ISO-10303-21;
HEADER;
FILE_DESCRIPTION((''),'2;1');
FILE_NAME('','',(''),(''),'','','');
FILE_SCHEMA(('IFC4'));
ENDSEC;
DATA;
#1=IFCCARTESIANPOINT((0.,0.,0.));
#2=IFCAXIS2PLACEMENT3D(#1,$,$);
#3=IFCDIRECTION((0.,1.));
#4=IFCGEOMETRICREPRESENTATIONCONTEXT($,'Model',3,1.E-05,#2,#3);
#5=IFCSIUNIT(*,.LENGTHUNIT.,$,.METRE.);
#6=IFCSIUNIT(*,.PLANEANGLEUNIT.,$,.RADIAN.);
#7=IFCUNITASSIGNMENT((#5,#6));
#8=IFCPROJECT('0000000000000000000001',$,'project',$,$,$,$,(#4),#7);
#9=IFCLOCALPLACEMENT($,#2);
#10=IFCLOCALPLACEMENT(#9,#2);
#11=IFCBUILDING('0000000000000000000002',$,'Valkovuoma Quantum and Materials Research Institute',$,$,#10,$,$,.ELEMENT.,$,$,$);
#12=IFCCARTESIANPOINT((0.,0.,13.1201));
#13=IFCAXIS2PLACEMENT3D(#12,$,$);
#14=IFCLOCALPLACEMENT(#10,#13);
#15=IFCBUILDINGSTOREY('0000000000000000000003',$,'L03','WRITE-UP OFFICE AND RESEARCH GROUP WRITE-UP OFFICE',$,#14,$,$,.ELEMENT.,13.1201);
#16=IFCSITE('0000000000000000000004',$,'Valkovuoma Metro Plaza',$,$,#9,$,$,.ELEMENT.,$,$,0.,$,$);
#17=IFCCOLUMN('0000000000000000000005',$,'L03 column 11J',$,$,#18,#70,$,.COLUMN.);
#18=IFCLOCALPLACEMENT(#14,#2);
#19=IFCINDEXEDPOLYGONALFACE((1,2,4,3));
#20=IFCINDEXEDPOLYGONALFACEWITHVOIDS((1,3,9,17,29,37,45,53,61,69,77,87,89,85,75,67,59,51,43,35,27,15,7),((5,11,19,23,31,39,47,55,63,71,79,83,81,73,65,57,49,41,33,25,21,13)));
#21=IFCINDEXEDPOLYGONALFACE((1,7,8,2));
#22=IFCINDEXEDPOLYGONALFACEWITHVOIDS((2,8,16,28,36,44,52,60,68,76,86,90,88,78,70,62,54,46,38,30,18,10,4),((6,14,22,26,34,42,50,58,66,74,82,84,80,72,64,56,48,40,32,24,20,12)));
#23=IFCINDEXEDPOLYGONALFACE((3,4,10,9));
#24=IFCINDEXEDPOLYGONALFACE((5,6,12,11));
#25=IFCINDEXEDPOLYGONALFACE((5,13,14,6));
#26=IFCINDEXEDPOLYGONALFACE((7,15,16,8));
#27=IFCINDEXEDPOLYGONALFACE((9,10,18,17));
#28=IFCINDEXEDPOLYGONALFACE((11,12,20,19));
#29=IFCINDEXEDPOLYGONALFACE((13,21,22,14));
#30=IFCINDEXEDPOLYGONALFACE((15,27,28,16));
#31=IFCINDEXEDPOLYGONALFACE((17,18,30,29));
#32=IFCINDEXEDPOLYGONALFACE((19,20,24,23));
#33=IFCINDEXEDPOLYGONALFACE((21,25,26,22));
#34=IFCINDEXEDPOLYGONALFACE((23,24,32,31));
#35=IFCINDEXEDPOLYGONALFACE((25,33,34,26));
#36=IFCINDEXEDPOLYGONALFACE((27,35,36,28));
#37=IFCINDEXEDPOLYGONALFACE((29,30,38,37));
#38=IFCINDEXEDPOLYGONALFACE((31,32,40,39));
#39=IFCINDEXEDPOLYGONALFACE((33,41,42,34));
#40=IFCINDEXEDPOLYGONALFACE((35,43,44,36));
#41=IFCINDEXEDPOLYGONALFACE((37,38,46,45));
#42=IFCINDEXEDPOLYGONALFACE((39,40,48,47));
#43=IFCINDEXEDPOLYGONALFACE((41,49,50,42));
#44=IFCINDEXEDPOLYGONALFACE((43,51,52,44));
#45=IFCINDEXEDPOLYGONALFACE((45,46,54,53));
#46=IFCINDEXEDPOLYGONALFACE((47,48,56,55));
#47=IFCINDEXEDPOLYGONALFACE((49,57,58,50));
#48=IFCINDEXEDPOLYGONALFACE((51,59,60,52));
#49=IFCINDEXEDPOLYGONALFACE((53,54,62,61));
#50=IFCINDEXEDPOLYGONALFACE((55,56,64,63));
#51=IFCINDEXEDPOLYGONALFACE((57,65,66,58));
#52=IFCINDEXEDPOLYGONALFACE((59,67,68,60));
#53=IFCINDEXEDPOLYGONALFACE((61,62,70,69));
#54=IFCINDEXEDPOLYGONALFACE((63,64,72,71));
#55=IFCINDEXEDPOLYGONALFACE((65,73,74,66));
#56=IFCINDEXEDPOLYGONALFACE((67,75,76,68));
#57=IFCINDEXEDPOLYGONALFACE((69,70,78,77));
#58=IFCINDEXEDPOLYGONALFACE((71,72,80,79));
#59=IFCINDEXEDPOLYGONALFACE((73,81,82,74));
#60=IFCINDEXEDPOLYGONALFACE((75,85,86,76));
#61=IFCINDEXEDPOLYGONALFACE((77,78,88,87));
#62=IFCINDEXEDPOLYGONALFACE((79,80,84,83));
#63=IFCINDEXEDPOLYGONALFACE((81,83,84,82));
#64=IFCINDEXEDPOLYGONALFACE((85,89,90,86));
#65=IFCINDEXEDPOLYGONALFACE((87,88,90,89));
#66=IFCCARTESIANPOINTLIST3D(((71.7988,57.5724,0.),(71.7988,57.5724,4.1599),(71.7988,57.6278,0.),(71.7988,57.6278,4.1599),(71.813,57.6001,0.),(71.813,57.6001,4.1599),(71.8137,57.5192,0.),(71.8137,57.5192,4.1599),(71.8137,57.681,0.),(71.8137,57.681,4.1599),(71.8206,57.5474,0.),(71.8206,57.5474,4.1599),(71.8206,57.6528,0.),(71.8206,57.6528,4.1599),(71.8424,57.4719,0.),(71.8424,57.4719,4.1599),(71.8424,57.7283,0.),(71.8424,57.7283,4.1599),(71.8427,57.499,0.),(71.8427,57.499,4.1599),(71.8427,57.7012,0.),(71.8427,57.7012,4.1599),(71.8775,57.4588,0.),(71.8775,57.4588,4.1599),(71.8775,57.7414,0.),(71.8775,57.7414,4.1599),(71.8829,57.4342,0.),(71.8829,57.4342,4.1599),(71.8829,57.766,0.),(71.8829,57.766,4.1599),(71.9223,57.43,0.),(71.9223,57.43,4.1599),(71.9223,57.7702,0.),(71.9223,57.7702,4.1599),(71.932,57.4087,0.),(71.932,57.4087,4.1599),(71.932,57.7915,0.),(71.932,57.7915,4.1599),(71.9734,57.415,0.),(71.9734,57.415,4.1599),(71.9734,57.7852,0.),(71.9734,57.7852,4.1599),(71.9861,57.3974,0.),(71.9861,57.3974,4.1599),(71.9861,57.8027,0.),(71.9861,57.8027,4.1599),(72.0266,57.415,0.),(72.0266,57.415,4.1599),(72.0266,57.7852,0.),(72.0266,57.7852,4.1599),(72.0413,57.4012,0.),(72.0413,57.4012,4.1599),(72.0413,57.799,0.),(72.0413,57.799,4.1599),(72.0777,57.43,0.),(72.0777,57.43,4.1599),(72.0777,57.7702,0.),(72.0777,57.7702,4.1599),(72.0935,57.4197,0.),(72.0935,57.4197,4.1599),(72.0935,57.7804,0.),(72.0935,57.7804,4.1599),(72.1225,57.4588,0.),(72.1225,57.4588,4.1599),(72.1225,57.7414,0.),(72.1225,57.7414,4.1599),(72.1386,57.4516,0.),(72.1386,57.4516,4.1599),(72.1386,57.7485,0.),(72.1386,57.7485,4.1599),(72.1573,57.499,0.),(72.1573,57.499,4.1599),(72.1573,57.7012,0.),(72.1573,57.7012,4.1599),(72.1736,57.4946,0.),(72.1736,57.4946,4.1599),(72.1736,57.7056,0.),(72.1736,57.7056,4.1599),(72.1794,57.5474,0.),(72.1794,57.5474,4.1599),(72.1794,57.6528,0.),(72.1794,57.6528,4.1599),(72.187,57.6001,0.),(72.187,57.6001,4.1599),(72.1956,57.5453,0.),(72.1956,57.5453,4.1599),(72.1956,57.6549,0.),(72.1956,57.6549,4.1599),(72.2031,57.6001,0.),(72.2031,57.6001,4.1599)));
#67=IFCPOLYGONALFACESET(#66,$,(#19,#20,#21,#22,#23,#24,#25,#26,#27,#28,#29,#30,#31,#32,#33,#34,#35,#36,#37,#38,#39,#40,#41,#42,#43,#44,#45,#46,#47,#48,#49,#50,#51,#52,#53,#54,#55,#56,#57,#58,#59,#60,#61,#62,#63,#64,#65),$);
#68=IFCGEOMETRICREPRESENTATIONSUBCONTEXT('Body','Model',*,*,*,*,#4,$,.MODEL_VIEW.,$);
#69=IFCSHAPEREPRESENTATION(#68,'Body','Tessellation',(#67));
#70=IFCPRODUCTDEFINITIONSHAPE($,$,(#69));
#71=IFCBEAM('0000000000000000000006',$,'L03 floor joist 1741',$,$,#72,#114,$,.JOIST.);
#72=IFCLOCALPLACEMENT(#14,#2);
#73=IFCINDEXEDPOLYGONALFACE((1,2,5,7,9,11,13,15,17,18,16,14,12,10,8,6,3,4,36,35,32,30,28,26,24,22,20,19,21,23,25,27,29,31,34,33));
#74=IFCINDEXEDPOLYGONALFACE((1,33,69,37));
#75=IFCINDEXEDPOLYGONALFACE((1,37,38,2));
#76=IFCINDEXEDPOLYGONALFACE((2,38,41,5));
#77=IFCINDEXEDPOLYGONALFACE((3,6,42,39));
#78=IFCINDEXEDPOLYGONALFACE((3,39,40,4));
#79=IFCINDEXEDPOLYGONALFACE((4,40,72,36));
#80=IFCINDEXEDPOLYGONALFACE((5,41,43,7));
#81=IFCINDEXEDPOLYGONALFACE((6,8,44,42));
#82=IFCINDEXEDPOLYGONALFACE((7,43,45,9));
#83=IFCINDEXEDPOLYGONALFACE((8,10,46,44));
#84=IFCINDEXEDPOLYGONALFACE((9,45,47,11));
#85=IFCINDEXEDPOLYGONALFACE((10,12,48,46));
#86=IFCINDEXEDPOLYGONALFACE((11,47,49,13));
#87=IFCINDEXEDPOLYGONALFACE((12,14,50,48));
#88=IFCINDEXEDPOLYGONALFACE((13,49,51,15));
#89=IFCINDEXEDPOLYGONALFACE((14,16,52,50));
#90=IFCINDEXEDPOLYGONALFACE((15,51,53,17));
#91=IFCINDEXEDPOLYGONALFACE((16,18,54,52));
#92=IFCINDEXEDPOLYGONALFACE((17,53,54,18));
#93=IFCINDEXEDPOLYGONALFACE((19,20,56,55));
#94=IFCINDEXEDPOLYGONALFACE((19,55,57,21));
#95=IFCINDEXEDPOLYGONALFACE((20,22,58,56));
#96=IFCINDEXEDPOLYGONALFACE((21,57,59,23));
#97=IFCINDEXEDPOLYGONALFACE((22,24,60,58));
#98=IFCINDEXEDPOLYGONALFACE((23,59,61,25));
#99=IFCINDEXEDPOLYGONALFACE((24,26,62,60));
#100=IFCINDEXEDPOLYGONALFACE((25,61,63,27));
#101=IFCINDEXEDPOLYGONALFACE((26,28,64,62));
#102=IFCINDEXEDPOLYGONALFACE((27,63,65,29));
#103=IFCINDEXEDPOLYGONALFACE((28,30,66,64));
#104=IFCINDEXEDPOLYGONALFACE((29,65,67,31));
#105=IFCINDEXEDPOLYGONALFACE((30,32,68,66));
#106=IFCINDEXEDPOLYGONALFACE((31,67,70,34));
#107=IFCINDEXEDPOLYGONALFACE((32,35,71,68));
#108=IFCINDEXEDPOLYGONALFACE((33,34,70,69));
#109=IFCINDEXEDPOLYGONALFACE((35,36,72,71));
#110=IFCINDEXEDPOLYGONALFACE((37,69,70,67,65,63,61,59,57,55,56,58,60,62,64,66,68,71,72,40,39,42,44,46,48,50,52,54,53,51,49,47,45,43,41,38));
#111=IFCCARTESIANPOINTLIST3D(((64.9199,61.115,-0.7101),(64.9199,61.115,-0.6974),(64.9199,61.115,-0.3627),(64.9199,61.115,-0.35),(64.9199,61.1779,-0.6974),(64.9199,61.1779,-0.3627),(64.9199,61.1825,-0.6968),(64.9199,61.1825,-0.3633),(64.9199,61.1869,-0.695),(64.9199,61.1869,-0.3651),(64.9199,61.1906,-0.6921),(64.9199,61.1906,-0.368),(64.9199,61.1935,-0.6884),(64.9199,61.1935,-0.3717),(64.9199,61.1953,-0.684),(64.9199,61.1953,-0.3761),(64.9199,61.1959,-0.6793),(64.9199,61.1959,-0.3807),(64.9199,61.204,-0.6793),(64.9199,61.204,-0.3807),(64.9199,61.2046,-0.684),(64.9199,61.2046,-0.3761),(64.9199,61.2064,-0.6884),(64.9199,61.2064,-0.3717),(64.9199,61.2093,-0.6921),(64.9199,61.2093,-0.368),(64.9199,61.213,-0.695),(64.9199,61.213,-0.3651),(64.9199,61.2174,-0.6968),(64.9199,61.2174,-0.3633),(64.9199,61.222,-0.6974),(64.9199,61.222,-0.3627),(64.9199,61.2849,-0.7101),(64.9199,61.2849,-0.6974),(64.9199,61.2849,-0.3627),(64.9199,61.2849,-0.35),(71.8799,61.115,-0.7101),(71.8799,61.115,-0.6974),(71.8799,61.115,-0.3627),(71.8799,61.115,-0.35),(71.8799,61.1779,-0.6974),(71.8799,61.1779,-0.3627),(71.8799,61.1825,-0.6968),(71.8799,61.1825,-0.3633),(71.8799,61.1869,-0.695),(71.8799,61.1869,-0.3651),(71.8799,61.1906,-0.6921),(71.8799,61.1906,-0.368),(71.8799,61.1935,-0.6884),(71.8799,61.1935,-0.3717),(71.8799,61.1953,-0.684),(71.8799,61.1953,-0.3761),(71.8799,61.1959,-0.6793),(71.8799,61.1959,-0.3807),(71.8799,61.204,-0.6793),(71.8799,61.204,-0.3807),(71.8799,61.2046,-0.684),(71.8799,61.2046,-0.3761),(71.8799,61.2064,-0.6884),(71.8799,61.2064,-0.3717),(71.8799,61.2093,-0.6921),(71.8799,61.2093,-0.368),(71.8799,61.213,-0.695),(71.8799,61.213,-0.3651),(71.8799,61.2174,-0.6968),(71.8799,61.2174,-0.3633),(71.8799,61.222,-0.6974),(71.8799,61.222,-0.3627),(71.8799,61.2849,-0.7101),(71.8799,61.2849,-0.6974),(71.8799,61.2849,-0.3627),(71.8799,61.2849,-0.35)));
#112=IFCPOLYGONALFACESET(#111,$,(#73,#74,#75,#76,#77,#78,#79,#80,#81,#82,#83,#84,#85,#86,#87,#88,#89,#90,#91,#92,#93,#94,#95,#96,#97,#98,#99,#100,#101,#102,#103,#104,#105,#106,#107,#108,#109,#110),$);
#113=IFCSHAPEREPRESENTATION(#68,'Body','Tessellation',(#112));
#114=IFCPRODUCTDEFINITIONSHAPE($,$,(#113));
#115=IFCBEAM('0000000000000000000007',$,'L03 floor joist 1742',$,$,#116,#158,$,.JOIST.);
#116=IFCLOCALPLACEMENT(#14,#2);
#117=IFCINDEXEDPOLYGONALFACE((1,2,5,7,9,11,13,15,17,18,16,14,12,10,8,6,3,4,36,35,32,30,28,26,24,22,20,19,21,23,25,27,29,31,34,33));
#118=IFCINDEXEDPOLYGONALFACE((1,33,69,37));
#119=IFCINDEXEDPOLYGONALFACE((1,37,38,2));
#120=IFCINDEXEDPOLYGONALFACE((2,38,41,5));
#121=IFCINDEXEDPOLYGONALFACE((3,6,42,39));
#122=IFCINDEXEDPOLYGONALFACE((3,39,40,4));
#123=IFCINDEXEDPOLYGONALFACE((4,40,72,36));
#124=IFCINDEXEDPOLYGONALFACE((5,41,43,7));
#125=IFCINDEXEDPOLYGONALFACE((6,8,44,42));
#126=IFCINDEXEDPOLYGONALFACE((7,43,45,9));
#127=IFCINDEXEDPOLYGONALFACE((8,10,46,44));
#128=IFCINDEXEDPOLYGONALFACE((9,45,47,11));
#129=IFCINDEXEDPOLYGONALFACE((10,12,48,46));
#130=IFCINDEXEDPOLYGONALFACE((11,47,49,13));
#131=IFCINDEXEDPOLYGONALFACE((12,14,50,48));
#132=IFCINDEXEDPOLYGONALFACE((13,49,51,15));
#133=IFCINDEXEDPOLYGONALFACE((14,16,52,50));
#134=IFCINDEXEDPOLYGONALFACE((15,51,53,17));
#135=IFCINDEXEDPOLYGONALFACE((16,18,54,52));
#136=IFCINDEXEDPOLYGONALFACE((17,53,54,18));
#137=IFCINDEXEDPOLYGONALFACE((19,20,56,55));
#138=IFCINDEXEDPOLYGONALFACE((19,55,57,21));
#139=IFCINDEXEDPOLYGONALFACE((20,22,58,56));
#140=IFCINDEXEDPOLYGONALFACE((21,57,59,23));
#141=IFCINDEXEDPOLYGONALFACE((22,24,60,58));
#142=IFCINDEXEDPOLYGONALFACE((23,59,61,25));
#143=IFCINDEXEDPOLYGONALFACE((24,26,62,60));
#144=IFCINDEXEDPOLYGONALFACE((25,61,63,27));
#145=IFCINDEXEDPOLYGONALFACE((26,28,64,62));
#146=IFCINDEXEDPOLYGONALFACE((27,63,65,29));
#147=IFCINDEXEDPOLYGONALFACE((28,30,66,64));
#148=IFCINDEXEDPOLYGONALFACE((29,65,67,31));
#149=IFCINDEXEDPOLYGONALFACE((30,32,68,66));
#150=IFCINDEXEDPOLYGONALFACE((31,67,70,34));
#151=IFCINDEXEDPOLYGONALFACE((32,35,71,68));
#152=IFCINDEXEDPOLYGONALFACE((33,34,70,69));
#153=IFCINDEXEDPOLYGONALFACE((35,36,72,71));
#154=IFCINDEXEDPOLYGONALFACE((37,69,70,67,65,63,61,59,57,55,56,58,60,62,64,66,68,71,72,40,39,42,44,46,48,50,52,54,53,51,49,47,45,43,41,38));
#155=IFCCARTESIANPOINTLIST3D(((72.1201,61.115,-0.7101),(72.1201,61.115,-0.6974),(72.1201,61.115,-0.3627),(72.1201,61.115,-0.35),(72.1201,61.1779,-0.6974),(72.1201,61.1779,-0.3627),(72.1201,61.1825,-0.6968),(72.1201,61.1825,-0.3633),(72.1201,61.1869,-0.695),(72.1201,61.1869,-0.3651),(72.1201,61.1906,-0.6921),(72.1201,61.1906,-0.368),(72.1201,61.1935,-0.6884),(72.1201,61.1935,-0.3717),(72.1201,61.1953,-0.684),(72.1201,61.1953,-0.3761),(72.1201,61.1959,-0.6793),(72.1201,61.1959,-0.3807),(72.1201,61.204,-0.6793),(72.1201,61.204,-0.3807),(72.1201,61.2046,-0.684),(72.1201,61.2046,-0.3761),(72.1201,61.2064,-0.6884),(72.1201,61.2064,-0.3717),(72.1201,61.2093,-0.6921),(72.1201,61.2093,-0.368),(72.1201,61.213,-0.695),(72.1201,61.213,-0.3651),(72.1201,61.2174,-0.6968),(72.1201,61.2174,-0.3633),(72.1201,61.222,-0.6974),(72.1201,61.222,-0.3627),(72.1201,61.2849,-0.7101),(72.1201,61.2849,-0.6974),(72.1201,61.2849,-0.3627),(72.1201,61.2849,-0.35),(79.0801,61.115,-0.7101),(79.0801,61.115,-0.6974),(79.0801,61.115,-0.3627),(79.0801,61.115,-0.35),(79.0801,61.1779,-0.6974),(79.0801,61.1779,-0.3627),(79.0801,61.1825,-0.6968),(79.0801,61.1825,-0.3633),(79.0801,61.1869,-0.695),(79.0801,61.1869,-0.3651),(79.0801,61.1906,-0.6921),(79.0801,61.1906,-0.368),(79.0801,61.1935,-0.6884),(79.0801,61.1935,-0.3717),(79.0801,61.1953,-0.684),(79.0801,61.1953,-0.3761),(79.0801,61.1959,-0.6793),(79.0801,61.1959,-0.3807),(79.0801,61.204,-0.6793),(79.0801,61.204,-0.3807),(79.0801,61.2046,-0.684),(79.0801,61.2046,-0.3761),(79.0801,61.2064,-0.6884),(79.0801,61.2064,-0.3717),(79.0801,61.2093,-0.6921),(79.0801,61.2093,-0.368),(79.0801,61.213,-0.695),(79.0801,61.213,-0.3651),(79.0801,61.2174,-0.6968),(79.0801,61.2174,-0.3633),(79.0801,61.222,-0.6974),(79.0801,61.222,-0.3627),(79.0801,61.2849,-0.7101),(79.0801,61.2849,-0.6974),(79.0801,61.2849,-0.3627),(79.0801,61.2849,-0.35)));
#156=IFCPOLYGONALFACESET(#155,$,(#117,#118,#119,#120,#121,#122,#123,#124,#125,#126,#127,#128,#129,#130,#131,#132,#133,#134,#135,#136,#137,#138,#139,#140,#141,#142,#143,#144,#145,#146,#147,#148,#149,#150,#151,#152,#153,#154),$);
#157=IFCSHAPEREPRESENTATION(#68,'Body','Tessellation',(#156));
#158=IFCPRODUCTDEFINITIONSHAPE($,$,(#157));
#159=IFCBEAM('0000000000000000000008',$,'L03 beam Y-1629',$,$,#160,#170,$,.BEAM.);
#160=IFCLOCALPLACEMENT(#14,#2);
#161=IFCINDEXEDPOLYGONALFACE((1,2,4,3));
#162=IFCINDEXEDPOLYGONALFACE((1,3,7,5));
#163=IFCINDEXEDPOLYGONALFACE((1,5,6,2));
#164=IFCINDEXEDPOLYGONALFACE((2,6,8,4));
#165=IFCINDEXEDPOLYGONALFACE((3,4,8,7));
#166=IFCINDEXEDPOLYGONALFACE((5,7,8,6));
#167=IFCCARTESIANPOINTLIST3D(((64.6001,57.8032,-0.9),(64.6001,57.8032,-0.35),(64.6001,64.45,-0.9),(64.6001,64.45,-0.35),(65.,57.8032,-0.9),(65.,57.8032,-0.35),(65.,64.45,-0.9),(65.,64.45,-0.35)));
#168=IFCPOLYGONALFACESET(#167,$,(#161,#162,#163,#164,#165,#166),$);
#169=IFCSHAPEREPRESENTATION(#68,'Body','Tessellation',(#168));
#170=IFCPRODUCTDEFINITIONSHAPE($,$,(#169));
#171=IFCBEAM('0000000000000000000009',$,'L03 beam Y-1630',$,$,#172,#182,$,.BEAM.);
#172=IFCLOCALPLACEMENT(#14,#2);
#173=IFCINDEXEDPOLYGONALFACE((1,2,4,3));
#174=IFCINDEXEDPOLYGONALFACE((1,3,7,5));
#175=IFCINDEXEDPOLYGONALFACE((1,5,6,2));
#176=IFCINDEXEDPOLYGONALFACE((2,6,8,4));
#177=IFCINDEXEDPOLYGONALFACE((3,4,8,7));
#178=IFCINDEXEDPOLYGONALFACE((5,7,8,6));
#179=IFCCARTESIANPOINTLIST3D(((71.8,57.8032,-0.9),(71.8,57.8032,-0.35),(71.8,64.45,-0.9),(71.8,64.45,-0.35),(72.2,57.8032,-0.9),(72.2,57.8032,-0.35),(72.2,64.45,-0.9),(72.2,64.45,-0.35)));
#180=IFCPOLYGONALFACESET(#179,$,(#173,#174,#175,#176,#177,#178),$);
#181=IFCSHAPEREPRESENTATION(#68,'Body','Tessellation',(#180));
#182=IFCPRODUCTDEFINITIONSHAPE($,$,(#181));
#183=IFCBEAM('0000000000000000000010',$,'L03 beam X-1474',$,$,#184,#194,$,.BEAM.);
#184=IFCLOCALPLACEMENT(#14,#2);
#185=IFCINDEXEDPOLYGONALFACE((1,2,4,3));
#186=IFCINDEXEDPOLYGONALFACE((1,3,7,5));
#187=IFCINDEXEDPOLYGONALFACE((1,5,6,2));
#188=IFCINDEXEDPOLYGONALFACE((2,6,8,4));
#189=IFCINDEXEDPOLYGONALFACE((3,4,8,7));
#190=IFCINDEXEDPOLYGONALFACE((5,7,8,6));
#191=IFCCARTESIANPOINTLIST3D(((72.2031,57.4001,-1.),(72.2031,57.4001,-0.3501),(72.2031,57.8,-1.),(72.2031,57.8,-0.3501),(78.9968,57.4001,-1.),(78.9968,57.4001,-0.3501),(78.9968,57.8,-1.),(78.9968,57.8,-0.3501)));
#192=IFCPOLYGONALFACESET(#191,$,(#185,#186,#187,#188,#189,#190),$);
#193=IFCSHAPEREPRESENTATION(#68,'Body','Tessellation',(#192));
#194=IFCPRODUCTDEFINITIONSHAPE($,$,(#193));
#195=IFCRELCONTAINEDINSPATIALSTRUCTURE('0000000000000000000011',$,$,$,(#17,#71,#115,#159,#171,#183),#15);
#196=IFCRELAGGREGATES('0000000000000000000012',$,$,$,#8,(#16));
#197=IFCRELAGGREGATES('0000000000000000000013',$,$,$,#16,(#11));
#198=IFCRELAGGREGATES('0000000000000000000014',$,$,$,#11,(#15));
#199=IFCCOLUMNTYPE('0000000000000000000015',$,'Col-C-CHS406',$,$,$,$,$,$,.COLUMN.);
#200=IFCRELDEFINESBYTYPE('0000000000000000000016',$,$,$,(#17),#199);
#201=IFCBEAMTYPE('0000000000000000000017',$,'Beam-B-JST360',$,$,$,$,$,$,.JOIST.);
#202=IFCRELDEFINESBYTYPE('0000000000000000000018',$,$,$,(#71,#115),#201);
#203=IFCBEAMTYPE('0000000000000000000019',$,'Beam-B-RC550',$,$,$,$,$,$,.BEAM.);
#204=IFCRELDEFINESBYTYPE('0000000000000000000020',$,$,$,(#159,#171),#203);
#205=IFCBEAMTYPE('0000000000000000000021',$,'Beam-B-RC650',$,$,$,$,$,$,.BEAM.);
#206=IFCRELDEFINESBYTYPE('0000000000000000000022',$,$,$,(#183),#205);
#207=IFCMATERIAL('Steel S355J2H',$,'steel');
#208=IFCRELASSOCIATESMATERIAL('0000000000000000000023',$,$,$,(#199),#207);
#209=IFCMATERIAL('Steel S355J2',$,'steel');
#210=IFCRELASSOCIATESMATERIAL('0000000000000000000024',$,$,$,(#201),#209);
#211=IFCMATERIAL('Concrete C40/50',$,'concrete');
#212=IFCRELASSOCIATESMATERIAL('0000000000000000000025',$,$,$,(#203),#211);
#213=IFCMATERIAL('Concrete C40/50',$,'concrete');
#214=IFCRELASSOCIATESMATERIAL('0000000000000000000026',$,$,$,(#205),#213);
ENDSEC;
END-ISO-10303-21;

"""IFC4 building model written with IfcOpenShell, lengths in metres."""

from ifc_helpers import new_model, si_unit, direction, frame, origin, origin_2d, place, context, subcontext, project, spatial, rectangle, hollow_circle, i_section, extrude, material, material_profile, profile_set, type_object, element, save


model = new_model("IFC4")

# Units and contexts
model_context = context("Model", 3, precision=1e-05, world=origin(), true_north=direction((0.0, 1.0)))
body_context = subcontext(model_context, "Body", "Model", "MODEL_VIEW")
ifc_project = project(units=[si_unit("LENGTHUNIT", "METRE"), si_unit("PLANEANGLEUNIT", "RADIAN")], contexts=[model_context])

# Site, building, storey
site_placement = place(None, origin())
site = spatial("IfcSite", under=ifc_project, at=site_placement, Name="Valkovuoma Metro Plaza", CompositionType="ELEMENT", RefElevation=0.0)
building_placement = place(site_placement, origin())
building = spatial("IfcBuilding", under=site, at=building_placement, Name="Valkovuoma Quantum and Materials Research Institute", CompositionType="ELEMENT")
storey_placement = place(building_placement, frame((0.0, 0.0, 13.1201)))
storey = spatial("IfcBuildingStorey", under=building, at=storey_placement, Name="L03", Description="WRITE-UP OFFICE AND RESEARCH GROUP WRITE-UP OFFICE", CompositionType="ELEMENT", Elevation=13.1201)

# Column
ifc_material_1 = material(Name="Steel S355J2H", Category="steel")
ifc_material_profile_1 = material_profile(ifc_material_1, hollow_circle(Radius=0.2031, WallThickness=0.0161, at=origin_2d()), Name="Steel S355J2H")
ifc_profile_set_1 = profile_set([ifc_material_profile_1], Name="Steel S355J2H")
column_type = type_object("IfcColumnType", Name="Col-C-CHS406", PredefinedType="COLUMN", material=ifc_profile_set_1)
column_placement = place(storey_placement, frame((72.0, 57.6001, 0.0), z_axis=(0.0, 0.0, 1.0), x_axis=(1.0, 0.0, 0.0)))
element("IfcColumn", 1, at=column_placement, inside=storey, type_object=column_type, Name="L03 column 11J", PredefinedType="COLUMN", context=body_context, shape_type="SweptSolid", body=[
    extrude(hollow_circle(Radius=0.2031, WallThickness=0.0161, at=origin_2d()), origin(), (0.0, 0.0, 1.0), 4.1599),
])

# Beams
ifc_material_2 = material(Name="Steel S355J2", Category="steel")
ifc_material_profile_2 = material_profile(ifc_material_2, i_section(OverallWidth=0.1699, OverallDepth=0.3601, WebThickness=0.0081, FlangeThickness=0.0127, FilletRadius=0.0181, at=origin_2d()), Name="Steel S355J2")
ifc_profile_set_2 = profile_set([ifc_material_profile_2], Name="Steel S355J2")
beam_type_1 = type_object("IfcBeamType", Name="Beam-B-JST360", PredefinedType="JOIST", material=ifc_profile_set_2)
for number, where, z_axis, x_axis, name in (
    (2, (64.9199, 61.2, -0.53), (1.0, 0.0, 0.0), (0.0, 1.0, 0.0), "L03 floor joist 1741"),
    (3, (72.1201, 61.2, -0.53), (1.0, 0.0, 0.0), (0.0, 1.0, 0.0), "L03 floor joist 1742"),
):
    element("IfcBeam", number, at=place(storey_placement, frame(where, z_axis=z_axis, x_axis=x_axis)), inside=storey, type_object=beam_type_1, Name=name, PredefinedType="JOIST", context=body_context, shape_type="SweptSolid", body=[
        extrude(i_section(OverallWidth=0.1699, OverallDepth=0.3601, WebThickness=0.0081, FlangeThickness=0.0127, FilletRadius=0.0181, at=origin_2d()), origin(), (0.0, 0.0, 1.0), 6.96),
    ])
ifc_material_3 = material(Name="Concrete C40/50", Category="concrete")
ifc_material_profile_3 = material_profile(ifc_material_3, rectangle(XDim=0.3999, YDim=0.55, at=origin_2d()), Name="Concrete C40/50")
ifc_profile_set_3 = profile_set([ifc_material_profile_3], Name="Concrete C40/50")
beam_type_2 = type_object("IfcBeamType", Name="Beam-B-RC550", PredefinedType="BEAM", material=ifc_profile_set_3)
for number, where, z_axis, x_axis, name in (
    (4, (64.8, 57.8032, -0.625), (0.0, 1.0, 0.0), (-1.0, 0.0, 0.0), "L03 beam Y-1629"),
    (5, (72.0, 57.8032, -0.625), (0.0, 1.0, 0.0), (-1.0, 0.0, 0.0), "L03 beam Y-1630"),
):
    element("IfcBeam", number, at=place(storey_placement, frame(where, z_axis=z_axis, x_axis=x_axis)), inside=storey, type_object=beam_type_2, Name=name, PredefinedType="BEAM", context=body_context, shape_type="SweptSolid", body=[
        extrude(rectangle(XDim=0.3999, YDim=0.55, at=origin_2d()), origin(), (0.0, 0.0, 1.0), 6.6467),
    ])
ifc_material_4 = material(Name="Concrete C40/50", Category="concrete")
ifc_material_profile_4 = material_profile(ifc_material_4, rectangle(XDim=0.3999, YDim=0.6499, at=origin_2d()), Name="Concrete C40/50")
ifc_profile_set_4 = profile_set([ifc_material_profile_4], Name="Concrete C40/50")
beam_type_3 = type_object("IfcBeamType", Name="Beam-B-RC650", PredefinedType="BEAM", material=ifc_profile_set_4)
beam_placement = place(storey_placement, frame((72.2031, 57.6001, -0.675), z_axis=(1.0, 0.0, 0.0), x_axis=(0.0, 1.0, 0.0)))
element("IfcBeam", 6, at=beam_placement, inside=storey, type_object=beam_type_3, Name="L03 beam X-1474", PredefinedType="BEAM", context=body_context, shape_type="SweptSolid", body=[
    extrude(rectangle(XDim=0.3999, YDim=0.6499, at=origin_2d()), origin(), (0.0, 0.0, 1.0), 6.7937),
])

save(model, "model.ifc")
